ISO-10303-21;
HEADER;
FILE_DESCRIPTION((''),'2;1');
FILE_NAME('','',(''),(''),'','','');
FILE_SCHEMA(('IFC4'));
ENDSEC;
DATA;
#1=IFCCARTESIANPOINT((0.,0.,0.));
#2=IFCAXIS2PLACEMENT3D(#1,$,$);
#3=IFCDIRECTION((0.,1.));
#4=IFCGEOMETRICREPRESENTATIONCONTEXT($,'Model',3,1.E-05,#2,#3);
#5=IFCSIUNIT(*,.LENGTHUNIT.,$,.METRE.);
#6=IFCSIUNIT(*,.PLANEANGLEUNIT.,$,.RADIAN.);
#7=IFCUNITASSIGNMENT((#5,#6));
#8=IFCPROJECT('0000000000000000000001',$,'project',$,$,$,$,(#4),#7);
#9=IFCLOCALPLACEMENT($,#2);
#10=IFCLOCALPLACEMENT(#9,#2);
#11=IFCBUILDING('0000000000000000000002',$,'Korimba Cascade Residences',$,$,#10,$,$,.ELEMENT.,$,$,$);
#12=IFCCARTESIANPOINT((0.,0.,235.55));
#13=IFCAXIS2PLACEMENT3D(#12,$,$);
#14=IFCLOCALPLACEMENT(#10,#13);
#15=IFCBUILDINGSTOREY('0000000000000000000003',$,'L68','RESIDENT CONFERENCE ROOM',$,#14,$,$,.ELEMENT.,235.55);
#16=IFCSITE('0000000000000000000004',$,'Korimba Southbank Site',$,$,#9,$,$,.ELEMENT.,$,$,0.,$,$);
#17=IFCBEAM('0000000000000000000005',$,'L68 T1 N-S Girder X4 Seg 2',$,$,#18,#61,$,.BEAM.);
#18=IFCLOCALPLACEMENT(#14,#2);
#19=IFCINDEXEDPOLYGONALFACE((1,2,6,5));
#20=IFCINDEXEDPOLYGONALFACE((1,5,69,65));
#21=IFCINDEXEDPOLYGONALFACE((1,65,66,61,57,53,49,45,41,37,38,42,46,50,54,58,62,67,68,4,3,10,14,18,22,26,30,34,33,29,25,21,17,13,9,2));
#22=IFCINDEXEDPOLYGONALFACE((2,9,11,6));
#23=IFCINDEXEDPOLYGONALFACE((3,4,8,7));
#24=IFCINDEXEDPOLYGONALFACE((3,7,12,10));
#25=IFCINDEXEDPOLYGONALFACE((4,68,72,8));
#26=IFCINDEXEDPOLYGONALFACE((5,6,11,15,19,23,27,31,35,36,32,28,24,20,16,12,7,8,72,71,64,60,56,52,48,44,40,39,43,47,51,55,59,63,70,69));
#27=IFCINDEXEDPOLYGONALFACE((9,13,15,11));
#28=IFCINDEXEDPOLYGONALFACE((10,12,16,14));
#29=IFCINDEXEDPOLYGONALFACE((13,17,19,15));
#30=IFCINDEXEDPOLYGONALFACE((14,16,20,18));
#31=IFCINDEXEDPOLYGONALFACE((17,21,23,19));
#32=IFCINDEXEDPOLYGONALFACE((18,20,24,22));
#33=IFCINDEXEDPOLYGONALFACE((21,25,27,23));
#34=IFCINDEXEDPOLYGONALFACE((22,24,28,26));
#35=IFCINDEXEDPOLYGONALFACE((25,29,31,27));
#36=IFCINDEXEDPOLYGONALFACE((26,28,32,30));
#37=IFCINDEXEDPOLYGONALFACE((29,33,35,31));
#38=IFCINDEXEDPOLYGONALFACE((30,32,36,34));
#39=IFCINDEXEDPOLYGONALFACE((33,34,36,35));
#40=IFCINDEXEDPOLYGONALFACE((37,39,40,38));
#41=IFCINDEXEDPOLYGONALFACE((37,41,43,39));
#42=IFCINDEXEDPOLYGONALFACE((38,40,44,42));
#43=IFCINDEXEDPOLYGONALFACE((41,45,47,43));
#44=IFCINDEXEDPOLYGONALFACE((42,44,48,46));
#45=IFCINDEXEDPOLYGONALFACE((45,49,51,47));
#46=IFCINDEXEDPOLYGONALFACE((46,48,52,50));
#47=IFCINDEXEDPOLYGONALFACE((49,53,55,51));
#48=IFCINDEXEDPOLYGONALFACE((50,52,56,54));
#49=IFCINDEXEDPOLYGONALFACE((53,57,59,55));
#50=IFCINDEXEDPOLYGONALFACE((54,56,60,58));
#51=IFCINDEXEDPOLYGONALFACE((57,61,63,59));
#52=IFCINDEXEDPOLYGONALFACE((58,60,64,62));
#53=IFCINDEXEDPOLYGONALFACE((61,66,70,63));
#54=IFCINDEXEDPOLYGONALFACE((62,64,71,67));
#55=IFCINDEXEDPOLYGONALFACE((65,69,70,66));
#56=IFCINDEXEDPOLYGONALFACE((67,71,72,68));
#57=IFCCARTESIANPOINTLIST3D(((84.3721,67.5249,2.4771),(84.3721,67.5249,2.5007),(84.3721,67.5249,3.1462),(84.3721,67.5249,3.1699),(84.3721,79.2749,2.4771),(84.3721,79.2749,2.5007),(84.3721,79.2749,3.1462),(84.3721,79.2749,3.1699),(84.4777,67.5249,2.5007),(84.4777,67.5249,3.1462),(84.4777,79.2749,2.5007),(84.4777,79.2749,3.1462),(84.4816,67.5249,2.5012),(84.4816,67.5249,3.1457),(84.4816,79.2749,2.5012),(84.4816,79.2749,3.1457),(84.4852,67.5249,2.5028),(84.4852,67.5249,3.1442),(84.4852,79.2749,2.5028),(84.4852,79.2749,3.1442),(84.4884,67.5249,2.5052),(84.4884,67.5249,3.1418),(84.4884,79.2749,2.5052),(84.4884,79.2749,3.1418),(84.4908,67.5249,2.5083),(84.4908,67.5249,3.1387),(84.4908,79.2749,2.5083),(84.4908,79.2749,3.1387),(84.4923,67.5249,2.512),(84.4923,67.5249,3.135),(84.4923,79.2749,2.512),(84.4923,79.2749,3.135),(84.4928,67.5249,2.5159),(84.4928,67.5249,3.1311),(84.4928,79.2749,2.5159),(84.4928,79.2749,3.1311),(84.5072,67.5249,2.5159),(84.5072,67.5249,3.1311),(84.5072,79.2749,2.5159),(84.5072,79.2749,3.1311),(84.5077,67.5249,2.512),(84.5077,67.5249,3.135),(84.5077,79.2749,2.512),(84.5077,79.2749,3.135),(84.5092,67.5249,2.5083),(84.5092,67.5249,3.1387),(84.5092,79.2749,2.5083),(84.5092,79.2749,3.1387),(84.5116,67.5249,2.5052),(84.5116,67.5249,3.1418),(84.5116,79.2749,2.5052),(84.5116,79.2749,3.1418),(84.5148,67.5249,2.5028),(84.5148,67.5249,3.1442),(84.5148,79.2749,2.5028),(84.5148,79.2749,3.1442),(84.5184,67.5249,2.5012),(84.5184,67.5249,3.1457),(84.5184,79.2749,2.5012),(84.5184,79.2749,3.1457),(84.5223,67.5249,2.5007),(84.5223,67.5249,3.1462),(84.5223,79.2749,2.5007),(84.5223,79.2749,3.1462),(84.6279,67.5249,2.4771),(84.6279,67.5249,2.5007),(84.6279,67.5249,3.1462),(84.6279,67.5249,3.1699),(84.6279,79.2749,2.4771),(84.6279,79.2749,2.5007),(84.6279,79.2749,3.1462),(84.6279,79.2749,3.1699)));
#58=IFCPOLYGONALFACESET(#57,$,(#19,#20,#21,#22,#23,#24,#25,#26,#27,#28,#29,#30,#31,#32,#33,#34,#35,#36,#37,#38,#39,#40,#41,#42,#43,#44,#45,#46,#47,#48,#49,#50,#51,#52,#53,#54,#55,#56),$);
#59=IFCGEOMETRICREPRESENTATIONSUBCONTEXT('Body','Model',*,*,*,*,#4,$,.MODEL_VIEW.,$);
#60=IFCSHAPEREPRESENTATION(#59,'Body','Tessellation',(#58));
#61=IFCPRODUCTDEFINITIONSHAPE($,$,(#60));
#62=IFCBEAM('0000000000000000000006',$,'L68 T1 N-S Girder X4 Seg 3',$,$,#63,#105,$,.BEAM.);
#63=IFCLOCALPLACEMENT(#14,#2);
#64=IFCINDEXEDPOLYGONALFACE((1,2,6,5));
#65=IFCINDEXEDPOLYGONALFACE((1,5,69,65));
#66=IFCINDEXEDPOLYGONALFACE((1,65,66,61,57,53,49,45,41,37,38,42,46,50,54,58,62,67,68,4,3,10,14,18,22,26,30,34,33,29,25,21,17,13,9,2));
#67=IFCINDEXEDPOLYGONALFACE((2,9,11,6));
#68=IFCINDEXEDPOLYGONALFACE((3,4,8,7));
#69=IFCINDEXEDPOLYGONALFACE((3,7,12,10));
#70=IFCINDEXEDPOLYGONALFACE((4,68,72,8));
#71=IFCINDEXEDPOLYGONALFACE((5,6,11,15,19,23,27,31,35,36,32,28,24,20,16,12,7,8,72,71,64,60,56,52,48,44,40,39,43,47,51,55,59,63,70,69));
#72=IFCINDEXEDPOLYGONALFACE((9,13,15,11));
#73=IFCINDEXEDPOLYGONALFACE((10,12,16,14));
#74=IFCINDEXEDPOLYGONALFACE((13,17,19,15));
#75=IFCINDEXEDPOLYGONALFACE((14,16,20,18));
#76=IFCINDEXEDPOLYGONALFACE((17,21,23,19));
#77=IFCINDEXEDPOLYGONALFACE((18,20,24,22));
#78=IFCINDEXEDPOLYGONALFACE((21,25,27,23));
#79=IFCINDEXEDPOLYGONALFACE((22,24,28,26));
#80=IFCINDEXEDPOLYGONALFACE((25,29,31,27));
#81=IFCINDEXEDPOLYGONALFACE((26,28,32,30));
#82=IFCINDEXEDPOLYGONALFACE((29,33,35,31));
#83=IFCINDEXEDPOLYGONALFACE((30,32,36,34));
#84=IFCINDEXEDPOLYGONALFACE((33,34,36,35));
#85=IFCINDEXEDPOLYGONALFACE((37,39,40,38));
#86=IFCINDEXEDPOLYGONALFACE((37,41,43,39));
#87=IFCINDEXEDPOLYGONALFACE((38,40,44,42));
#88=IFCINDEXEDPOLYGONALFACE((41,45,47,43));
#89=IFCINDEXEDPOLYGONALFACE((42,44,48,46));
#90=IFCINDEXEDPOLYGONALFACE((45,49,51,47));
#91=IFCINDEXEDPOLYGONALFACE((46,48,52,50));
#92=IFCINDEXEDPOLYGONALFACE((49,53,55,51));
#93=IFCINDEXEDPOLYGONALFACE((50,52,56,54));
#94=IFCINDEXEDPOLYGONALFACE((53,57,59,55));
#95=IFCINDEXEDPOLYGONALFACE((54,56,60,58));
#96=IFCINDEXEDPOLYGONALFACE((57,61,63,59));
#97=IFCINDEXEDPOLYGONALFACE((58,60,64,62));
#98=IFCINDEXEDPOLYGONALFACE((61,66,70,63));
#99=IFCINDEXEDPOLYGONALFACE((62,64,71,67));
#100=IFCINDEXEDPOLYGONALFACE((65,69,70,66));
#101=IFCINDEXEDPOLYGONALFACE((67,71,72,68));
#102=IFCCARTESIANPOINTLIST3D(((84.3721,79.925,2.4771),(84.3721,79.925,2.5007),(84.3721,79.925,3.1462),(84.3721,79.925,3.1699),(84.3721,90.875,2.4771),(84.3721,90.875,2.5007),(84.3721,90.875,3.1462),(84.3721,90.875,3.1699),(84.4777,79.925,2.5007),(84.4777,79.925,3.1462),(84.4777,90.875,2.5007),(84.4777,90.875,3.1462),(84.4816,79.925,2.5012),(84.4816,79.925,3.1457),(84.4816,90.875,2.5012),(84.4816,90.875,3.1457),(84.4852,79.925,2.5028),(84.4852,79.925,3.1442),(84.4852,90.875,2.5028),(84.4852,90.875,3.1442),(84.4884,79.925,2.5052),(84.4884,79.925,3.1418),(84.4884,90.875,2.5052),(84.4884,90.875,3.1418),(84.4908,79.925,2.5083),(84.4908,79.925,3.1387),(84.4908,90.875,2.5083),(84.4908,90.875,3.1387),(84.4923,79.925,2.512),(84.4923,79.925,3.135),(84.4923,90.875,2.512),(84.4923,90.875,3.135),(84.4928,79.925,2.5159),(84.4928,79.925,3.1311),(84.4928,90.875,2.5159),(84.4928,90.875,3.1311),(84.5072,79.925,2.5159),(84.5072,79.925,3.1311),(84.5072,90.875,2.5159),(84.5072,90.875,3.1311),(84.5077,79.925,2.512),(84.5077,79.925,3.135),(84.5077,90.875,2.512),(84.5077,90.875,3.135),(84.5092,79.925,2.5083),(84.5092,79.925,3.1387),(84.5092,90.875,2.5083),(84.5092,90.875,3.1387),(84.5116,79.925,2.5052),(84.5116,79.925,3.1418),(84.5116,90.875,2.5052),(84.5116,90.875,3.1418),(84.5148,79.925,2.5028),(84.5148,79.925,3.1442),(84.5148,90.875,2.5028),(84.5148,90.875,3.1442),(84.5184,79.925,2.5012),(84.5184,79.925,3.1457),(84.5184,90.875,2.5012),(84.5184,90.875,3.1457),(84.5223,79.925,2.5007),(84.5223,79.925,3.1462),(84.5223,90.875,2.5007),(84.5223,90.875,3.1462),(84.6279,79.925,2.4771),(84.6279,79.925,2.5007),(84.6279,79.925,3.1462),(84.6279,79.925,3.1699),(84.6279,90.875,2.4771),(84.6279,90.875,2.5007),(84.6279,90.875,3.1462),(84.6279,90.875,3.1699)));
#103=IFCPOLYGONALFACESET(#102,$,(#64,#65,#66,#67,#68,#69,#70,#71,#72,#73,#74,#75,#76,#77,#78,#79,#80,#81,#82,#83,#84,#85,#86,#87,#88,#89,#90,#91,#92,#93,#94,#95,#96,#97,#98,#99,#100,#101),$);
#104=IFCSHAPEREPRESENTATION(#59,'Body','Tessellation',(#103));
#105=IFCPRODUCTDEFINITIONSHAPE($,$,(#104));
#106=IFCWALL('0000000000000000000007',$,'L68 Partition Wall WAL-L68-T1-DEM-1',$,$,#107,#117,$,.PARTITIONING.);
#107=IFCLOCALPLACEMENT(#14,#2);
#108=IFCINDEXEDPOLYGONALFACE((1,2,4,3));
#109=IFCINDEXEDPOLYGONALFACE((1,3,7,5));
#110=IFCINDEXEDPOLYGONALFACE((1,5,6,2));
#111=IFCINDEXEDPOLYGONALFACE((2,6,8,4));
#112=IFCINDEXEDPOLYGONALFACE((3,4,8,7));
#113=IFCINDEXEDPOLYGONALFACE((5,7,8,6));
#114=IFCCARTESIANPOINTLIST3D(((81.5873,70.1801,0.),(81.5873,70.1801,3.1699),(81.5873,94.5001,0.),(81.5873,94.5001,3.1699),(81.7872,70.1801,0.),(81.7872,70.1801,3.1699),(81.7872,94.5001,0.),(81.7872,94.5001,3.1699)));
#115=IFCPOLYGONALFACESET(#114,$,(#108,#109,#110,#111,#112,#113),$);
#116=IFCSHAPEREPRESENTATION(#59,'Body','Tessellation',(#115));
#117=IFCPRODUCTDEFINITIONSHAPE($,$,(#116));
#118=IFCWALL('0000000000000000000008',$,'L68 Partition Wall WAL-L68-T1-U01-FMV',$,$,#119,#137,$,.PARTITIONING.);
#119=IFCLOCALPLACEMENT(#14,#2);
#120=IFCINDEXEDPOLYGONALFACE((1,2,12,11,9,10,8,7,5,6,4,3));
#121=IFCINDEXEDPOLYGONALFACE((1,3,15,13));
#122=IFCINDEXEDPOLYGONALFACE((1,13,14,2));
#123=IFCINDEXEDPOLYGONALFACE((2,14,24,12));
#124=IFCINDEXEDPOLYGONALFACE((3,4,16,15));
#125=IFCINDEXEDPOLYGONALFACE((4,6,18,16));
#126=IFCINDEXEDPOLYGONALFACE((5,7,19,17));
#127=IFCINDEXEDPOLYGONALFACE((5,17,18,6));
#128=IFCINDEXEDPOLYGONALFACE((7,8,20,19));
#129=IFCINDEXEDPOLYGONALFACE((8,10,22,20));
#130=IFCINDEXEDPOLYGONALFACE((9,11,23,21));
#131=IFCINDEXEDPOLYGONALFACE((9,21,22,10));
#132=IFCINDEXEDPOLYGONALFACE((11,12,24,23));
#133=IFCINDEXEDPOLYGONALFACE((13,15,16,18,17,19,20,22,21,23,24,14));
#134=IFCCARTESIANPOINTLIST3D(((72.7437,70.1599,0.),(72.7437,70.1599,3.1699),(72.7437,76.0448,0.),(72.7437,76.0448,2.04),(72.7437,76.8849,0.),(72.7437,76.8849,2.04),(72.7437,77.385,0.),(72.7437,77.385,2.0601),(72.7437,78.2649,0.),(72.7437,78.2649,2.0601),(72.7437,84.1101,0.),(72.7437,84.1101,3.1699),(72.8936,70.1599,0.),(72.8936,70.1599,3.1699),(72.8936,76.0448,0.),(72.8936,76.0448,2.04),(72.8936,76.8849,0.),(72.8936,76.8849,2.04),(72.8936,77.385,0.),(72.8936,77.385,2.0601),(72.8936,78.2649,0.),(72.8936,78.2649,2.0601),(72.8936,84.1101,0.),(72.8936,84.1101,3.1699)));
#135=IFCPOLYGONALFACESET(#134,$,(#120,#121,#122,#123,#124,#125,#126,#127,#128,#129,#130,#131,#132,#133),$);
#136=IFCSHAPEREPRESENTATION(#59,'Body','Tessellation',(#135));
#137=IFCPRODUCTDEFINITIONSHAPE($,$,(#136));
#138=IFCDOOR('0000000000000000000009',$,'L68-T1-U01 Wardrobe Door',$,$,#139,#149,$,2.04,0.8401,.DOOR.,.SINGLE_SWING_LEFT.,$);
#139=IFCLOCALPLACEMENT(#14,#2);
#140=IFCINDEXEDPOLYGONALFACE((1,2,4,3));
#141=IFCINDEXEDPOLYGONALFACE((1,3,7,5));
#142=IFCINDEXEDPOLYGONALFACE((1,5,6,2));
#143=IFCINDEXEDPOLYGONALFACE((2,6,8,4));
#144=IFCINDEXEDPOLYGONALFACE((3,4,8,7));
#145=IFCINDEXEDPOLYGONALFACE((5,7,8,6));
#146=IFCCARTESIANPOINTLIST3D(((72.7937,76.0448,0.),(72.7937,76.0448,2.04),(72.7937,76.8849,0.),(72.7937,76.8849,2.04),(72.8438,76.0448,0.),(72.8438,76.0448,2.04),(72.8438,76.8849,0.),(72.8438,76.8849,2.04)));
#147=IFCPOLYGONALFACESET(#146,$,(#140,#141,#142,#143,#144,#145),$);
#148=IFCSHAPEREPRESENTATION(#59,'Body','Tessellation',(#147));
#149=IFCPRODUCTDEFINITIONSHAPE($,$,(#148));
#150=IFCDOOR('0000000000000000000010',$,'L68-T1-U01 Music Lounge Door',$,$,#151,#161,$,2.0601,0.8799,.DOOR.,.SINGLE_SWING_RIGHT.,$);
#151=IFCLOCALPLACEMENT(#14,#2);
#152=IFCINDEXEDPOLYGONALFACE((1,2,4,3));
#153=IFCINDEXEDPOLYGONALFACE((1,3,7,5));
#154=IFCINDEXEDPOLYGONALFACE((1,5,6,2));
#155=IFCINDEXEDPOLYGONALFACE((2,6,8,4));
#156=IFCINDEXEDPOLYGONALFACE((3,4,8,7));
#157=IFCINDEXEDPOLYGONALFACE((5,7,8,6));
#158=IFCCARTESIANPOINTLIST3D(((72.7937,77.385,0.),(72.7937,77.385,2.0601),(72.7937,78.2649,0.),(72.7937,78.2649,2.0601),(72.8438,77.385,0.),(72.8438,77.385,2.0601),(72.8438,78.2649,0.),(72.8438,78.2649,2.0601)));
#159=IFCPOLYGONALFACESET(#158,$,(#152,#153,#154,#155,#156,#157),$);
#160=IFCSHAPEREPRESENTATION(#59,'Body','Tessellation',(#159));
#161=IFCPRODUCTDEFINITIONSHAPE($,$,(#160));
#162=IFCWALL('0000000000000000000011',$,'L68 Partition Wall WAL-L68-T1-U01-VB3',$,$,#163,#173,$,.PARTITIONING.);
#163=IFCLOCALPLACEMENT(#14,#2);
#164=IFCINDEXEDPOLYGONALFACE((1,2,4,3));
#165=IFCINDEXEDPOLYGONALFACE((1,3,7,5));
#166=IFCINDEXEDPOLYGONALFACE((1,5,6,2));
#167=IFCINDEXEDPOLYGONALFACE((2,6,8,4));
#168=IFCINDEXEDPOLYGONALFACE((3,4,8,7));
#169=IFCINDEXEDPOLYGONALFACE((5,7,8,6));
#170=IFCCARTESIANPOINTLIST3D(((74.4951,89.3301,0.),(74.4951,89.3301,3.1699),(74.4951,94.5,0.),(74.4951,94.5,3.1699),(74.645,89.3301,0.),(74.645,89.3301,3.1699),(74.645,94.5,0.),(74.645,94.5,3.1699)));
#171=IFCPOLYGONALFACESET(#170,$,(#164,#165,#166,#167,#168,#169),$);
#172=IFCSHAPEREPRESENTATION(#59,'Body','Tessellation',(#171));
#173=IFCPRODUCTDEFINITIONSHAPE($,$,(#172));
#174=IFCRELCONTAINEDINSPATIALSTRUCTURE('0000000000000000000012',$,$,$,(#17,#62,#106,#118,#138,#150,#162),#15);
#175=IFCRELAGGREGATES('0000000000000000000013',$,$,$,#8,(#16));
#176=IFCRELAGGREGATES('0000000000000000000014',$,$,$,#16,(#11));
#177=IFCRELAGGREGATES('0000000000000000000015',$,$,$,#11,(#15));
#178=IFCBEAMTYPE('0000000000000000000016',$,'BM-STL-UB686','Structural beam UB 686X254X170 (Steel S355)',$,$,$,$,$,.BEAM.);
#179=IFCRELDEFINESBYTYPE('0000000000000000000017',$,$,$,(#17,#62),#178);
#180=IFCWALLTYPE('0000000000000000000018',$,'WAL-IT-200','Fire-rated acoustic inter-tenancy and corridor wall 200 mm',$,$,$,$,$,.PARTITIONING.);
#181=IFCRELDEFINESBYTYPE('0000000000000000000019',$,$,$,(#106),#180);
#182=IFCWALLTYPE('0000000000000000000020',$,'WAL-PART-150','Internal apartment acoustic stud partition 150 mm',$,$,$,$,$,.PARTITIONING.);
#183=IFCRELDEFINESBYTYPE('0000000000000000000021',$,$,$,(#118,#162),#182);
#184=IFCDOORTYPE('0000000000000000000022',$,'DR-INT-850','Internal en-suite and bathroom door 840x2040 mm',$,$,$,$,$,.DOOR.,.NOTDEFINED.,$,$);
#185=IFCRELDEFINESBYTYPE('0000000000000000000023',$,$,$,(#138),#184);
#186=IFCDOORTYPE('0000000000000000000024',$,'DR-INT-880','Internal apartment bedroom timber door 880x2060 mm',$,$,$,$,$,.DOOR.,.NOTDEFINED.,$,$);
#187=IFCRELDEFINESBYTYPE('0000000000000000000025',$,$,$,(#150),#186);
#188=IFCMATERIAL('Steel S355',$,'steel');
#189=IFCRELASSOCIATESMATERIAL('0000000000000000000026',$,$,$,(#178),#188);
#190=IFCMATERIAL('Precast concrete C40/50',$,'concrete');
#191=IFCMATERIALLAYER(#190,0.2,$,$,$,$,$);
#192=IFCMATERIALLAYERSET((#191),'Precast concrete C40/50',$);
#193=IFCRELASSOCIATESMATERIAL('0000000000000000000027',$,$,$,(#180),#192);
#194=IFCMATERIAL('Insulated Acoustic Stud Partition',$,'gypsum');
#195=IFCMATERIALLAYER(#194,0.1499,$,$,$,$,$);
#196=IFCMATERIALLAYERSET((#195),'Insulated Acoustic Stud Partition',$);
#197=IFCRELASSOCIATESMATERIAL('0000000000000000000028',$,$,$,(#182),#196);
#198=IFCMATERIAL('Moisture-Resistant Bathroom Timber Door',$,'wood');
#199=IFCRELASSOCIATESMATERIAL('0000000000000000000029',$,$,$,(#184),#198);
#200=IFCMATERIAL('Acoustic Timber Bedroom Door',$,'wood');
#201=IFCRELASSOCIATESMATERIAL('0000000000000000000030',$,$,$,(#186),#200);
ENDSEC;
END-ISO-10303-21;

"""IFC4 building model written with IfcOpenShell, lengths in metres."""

from ifc_helpers import new_model, si_unit, direction, frame, frame_2d, origin, origin_2d, place, context, subcontext, project, spatial, rectangle, i_section, extrude, material, layer, layer_set, material_profile, profile_set, type_object, element, fill, save


model = new_model("IFC4")

# Units and contexts
model_context = context("Model", 3, precision=1e-05, world=origin(), true_north=direction((0.0, 1.0)))
body_context = subcontext(model_context, "Body", "Model", "MODEL_VIEW")
ifc_project = project(units=[si_unit("LENGTHUNIT", "METRE"), si_unit("PLANEANGLEUNIT", "RADIAN")], contexts=[model_context])

# Site, building, storey
site_placement = place(None, origin())
site = spatial("IfcSite", under=ifc_project, at=site_placement, Name="Korimba Southbank Site", CompositionType="ELEMENT", RefElevation=0.0)
building_placement = place(site_placement, origin())
building = spatial("IfcBuilding", under=site, at=building_placement, Name="Korimba Cascade Residences", CompositionType="ELEMENT")
storey_placement = place(building_placement, frame((0.0, 0.0, 235.55)))
storey = spatial("IfcBuildingStorey", under=building, at=storey_placement, Name="L68", Description="RESIDENT CONFERENCE ROOM", CompositionType="ELEMENT", Elevation=235.55)

# Beams
ifc_material_1 = material(Name="Steel S355", Category="steel")
ifc_material_profile_1 = material_profile(ifc_material_1, i_section(OverallWidth=0.2559, OverallDepth=0.6929, WebThickness=0.0144, FlangeThickness=0.0237, FilletRadius=0.0151, at=origin_2d()), Name="Steel S355")
ifc_profile_set_1 = profile_set([ifc_material_profile_1], Name="Steel S355")
beam_type_1 = type_object("IfcBeamType", Name="BM-STL-UB686", Description="Structural beam UB 686X254X170 (Steel S355)", PredefinedType="BEAM", material=ifc_profile_set_1)
beam_1_placement = place(storey_placement, frame((84.5, 67.5249, 2.8235), z_axis=(0.0, 1.0, 0.0), x_axis=(-1.0, 0.0, 0.0)))
element("IfcBeam", 1, at=beam_1_placement, inside=storey, type_object=beam_type_1, Name="L68 T1 N-S Girder X4 Seg 2", PredefinedType="BEAM", context=body_context, shape_type="SweptSolid", body=[
    extrude(i_section(OverallWidth=0.2559, OverallDepth=0.6929, WebThickness=0.0144, FlangeThickness=0.0237, FilletRadius=0.0151, at=origin_2d()), origin(), (0.0, 0.0, 1.0), 11.75),
])
beam_2_placement = place(storey_placement, frame((84.5, 79.925, 2.8235), z_axis=(0.0, 1.0, 0.0), x_axis=(-1.0, 0.0, 0.0)))
element("IfcBeam", 2, at=beam_2_placement, inside=storey, type_object=beam_type_1, Name="L68 T1 N-S Girder X4 Seg 3", PredefinedType="BEAM", context=body_context, shape_type="SweptSolid", body=[
    extrude(i_section(OverallWidth=0.2559, OverallDepth=0.6929, WebThickness=0.0144, FlangeThickness=0.0237, FilletRadius=0.0151, at=origin_2d()), origin(), (0.0, 0.0, 1.0), 10.95),
])

# Wall
ifc_material_2 = material(Name="Precast concrete C40/50", Category="concrete")
ifc_layer_1 = layer(ifc_material_2, 0.2)
ifc_layer_set_1 = layer_set([ifc_layer_1], Name="Precast concrete C40/50")
wall_type_1 = type_object("IfcWallType", Name="WAL-IT-200", Description="Fire-rated acoustic inter-tenancy and corridor wall 200 mm", PredefinedType="PARTITIONING", material=ifc_layer_set_1)
wall_1_placement = place(storey_placement, frame((81.6873, 70.1799, 0.0), z_axis=(0.0, 0.0, 1.0), x_axis=(0.0, 1.0, 0.0)))
element("IfcWall", 3, at=wall_1_placement, inside=storey, type_object=wall_type_1, Name="L68 Partition Wall WAL-L68-T1-DEM-1", PredefinedType="PARTITIONING", context=body_context, shape_type="SweptSolid", body=[
    extrude(rectangle(XDim=24.3201, YDim=0.2, at=frame_2d((12.1602, 0.0))), origin(), (0.0, 0.0, 1.0), 3.1699),
])

# Wall, openings, doors
ifc_material_3 = material(Name="Insulated Acoustic Stud Partition", Category="gypsum")
ifc_layer_2 = layer(ifc_material_3, 0.1499)
ifc_layer_set_2 = layer_set([ifc_layer_2], Name="Insulated Acoustic Stud Partition")
wall_type_2 = type_object("IfcWallType", Name="WAL-PART-150", Description="Internal apartment acoustic stud partition 150 mm", PredefinedType="PARTITIONING", material=ifc_layer_set_2)
wall_2_placement = place(storey_placement, frame((72.8186, 70.1599, 0.0), z_axis=(0.0, 0.0, 1.0), x_axis=(0.0, 1.0, 0.0)))
wall_2 = element("IfcWall", 4, at=wall_2_placement, inside=storey, type_object=wall_type_2, Name="L68 Partition Wall WAL-L68-T1-U01-FMV", PredefinedType="PARTITIONING", context=body_context, shape_type="SweptSolid", body=[
    extrude(rectangle(XDim=13.9502, YDim=0.1499, at=frame_2d((6.9751, 0.0))), origin(), (0.0, 0.0, 1.0), 3.1699),
])
opening_1_placement = place(wall_2_placement, frame((5.885, 0.0, 0.0)))
opening_1 = element("IfcOpeningElement", 5, at=opening_1_placement, cuts=wall_2, PredefinedType="OPENING", context=body_context, shape_type="SweptSolid", body=[
    extrude(rectangle(XDim=0.8401, YDim=2.04, at=frame_2d((0.4199, 1.02))), frame((0.0, 0.085, 0.0), z_axis=(0.0, -1.0, 0.0), x_axis=(1.0, 0.0, 0.0)), (0.0, 0.0, 1.0), 0.1699),
])
opening_2_placement = place(wall_2_placement, frame((7.2251, 0.0, 0.0)))
opening_2 = element("IfcOpeningElement", 6, at=opening_2_placement, cuts=wall_2, PredefinedType="OPENING", context=body_context, shape_type="SweptSolid", body=[
    extrude(rectangle(XDim=0.8799, YDim=2.0601, at=frame_2d((0.4399, 1.03))), frame((0.0, 0.085, 0.0), z_axis=(0.0, -1.0, 0.0), x_axis=(1.0, 0.0, 0.0)), (0.0, 0.0, 1.0), 0.1699),
])
ifc_material_4 = material(Name="Moisture-Resistant Bathroom Timber Door", Category="wood")
door_type_1 = type_object("IfcDoorType", Name="DR-INT-850", Description="Internal en-suite and bathroom door 840x2040 mm", OperationType="NOTDEFINED", PredefinedType="DOOR", material=ifc_material_4)
door_1_placement = place(opening_1_placement, origin())
door_1 = element("IfcDoor", 7, at=door_1_placement, inside=storey, type_object=door_type_1, Name="L68-T1-U01 Wardrobe Door", OperationType="SINGLE_SWING_LEFT", OverallHeight=2.04, OverallWidth=0.8401, PredefinedType="DOOR", context=body_context, shape_type="SweptSolid", body=[
    extrude(rectangle(XDim=0.8401, YDim=2.04, at=frame_2d((0.4199, 1.02))), frame((0.0, 0.0249, 0.0), z_axis=(0.0, -1.0, 0.0), x_axis=(1.0, 0.0, 0.0)), (0.0, 0.0, 1.0), 0.05),
])
fill(opening_1, door_1)
ifc_material_5 = material(Name="Acoustic Timber Bedroom Door", Category="wood")
door_type_2 = type_object("IfcDoorType", Name="DR-INT-880", Description="Internal apartment bedroom timber door 880x2060 mm", OperationType="NOTDEFINED", PredefinedType="DOOR", material=ifc_material_5)
door_2_placement = place(opening_2_placement, origin())
door_2 = element("IfcDoor", 8, at=door_2_placement, inside=storey, type_object=door_type_2, Name="L68-T1-U01 Music Lounge Door", OperationType="SINGLE_SWING_RIGHT", OverallHeight=2.0601, OverallWidth=0.8799, PredefinedType="DOOR", context=body_context, shape_type="SweptSolid", body=[
    extrude(rectangle(XDim=0.8799, YDim=2.0601, at=frame_2d((0.4399, 1.03))), frame((0.0, 0.0249, 0.0), z_axis=(0.0, -1.0, 0.0), x_axis=(1.0, 0.0, 0.0)), (0.0, 0.0, 1.0), 0.05),
])
fill(opening_2, door_2)

# Wall
wall_3_placement = place(storey_placement, frame((74.5701, 89.3301, 0.0), z_axis=(0.0, 0.0, 1.0), x_axis=(0.0, 1.0, 0.0)))
element("IfcWall", 9, at=wall_3_placement, inside=storey, type_object=wall_type_2, Name="L68 Partition Wall WAL-L68-T1-U01-VB3", PredefinedType="PARTITIONING", context=body_context, shape_type="SweptSolid", body=[
    extrude(rectangle(XDim=5.1699, YDim=0.1499, at=frame_2d((2.585, 0.0))), origin(), (0.0, 0.0, 1.0), 3.1699),
])

save(model, "model.ifc")
